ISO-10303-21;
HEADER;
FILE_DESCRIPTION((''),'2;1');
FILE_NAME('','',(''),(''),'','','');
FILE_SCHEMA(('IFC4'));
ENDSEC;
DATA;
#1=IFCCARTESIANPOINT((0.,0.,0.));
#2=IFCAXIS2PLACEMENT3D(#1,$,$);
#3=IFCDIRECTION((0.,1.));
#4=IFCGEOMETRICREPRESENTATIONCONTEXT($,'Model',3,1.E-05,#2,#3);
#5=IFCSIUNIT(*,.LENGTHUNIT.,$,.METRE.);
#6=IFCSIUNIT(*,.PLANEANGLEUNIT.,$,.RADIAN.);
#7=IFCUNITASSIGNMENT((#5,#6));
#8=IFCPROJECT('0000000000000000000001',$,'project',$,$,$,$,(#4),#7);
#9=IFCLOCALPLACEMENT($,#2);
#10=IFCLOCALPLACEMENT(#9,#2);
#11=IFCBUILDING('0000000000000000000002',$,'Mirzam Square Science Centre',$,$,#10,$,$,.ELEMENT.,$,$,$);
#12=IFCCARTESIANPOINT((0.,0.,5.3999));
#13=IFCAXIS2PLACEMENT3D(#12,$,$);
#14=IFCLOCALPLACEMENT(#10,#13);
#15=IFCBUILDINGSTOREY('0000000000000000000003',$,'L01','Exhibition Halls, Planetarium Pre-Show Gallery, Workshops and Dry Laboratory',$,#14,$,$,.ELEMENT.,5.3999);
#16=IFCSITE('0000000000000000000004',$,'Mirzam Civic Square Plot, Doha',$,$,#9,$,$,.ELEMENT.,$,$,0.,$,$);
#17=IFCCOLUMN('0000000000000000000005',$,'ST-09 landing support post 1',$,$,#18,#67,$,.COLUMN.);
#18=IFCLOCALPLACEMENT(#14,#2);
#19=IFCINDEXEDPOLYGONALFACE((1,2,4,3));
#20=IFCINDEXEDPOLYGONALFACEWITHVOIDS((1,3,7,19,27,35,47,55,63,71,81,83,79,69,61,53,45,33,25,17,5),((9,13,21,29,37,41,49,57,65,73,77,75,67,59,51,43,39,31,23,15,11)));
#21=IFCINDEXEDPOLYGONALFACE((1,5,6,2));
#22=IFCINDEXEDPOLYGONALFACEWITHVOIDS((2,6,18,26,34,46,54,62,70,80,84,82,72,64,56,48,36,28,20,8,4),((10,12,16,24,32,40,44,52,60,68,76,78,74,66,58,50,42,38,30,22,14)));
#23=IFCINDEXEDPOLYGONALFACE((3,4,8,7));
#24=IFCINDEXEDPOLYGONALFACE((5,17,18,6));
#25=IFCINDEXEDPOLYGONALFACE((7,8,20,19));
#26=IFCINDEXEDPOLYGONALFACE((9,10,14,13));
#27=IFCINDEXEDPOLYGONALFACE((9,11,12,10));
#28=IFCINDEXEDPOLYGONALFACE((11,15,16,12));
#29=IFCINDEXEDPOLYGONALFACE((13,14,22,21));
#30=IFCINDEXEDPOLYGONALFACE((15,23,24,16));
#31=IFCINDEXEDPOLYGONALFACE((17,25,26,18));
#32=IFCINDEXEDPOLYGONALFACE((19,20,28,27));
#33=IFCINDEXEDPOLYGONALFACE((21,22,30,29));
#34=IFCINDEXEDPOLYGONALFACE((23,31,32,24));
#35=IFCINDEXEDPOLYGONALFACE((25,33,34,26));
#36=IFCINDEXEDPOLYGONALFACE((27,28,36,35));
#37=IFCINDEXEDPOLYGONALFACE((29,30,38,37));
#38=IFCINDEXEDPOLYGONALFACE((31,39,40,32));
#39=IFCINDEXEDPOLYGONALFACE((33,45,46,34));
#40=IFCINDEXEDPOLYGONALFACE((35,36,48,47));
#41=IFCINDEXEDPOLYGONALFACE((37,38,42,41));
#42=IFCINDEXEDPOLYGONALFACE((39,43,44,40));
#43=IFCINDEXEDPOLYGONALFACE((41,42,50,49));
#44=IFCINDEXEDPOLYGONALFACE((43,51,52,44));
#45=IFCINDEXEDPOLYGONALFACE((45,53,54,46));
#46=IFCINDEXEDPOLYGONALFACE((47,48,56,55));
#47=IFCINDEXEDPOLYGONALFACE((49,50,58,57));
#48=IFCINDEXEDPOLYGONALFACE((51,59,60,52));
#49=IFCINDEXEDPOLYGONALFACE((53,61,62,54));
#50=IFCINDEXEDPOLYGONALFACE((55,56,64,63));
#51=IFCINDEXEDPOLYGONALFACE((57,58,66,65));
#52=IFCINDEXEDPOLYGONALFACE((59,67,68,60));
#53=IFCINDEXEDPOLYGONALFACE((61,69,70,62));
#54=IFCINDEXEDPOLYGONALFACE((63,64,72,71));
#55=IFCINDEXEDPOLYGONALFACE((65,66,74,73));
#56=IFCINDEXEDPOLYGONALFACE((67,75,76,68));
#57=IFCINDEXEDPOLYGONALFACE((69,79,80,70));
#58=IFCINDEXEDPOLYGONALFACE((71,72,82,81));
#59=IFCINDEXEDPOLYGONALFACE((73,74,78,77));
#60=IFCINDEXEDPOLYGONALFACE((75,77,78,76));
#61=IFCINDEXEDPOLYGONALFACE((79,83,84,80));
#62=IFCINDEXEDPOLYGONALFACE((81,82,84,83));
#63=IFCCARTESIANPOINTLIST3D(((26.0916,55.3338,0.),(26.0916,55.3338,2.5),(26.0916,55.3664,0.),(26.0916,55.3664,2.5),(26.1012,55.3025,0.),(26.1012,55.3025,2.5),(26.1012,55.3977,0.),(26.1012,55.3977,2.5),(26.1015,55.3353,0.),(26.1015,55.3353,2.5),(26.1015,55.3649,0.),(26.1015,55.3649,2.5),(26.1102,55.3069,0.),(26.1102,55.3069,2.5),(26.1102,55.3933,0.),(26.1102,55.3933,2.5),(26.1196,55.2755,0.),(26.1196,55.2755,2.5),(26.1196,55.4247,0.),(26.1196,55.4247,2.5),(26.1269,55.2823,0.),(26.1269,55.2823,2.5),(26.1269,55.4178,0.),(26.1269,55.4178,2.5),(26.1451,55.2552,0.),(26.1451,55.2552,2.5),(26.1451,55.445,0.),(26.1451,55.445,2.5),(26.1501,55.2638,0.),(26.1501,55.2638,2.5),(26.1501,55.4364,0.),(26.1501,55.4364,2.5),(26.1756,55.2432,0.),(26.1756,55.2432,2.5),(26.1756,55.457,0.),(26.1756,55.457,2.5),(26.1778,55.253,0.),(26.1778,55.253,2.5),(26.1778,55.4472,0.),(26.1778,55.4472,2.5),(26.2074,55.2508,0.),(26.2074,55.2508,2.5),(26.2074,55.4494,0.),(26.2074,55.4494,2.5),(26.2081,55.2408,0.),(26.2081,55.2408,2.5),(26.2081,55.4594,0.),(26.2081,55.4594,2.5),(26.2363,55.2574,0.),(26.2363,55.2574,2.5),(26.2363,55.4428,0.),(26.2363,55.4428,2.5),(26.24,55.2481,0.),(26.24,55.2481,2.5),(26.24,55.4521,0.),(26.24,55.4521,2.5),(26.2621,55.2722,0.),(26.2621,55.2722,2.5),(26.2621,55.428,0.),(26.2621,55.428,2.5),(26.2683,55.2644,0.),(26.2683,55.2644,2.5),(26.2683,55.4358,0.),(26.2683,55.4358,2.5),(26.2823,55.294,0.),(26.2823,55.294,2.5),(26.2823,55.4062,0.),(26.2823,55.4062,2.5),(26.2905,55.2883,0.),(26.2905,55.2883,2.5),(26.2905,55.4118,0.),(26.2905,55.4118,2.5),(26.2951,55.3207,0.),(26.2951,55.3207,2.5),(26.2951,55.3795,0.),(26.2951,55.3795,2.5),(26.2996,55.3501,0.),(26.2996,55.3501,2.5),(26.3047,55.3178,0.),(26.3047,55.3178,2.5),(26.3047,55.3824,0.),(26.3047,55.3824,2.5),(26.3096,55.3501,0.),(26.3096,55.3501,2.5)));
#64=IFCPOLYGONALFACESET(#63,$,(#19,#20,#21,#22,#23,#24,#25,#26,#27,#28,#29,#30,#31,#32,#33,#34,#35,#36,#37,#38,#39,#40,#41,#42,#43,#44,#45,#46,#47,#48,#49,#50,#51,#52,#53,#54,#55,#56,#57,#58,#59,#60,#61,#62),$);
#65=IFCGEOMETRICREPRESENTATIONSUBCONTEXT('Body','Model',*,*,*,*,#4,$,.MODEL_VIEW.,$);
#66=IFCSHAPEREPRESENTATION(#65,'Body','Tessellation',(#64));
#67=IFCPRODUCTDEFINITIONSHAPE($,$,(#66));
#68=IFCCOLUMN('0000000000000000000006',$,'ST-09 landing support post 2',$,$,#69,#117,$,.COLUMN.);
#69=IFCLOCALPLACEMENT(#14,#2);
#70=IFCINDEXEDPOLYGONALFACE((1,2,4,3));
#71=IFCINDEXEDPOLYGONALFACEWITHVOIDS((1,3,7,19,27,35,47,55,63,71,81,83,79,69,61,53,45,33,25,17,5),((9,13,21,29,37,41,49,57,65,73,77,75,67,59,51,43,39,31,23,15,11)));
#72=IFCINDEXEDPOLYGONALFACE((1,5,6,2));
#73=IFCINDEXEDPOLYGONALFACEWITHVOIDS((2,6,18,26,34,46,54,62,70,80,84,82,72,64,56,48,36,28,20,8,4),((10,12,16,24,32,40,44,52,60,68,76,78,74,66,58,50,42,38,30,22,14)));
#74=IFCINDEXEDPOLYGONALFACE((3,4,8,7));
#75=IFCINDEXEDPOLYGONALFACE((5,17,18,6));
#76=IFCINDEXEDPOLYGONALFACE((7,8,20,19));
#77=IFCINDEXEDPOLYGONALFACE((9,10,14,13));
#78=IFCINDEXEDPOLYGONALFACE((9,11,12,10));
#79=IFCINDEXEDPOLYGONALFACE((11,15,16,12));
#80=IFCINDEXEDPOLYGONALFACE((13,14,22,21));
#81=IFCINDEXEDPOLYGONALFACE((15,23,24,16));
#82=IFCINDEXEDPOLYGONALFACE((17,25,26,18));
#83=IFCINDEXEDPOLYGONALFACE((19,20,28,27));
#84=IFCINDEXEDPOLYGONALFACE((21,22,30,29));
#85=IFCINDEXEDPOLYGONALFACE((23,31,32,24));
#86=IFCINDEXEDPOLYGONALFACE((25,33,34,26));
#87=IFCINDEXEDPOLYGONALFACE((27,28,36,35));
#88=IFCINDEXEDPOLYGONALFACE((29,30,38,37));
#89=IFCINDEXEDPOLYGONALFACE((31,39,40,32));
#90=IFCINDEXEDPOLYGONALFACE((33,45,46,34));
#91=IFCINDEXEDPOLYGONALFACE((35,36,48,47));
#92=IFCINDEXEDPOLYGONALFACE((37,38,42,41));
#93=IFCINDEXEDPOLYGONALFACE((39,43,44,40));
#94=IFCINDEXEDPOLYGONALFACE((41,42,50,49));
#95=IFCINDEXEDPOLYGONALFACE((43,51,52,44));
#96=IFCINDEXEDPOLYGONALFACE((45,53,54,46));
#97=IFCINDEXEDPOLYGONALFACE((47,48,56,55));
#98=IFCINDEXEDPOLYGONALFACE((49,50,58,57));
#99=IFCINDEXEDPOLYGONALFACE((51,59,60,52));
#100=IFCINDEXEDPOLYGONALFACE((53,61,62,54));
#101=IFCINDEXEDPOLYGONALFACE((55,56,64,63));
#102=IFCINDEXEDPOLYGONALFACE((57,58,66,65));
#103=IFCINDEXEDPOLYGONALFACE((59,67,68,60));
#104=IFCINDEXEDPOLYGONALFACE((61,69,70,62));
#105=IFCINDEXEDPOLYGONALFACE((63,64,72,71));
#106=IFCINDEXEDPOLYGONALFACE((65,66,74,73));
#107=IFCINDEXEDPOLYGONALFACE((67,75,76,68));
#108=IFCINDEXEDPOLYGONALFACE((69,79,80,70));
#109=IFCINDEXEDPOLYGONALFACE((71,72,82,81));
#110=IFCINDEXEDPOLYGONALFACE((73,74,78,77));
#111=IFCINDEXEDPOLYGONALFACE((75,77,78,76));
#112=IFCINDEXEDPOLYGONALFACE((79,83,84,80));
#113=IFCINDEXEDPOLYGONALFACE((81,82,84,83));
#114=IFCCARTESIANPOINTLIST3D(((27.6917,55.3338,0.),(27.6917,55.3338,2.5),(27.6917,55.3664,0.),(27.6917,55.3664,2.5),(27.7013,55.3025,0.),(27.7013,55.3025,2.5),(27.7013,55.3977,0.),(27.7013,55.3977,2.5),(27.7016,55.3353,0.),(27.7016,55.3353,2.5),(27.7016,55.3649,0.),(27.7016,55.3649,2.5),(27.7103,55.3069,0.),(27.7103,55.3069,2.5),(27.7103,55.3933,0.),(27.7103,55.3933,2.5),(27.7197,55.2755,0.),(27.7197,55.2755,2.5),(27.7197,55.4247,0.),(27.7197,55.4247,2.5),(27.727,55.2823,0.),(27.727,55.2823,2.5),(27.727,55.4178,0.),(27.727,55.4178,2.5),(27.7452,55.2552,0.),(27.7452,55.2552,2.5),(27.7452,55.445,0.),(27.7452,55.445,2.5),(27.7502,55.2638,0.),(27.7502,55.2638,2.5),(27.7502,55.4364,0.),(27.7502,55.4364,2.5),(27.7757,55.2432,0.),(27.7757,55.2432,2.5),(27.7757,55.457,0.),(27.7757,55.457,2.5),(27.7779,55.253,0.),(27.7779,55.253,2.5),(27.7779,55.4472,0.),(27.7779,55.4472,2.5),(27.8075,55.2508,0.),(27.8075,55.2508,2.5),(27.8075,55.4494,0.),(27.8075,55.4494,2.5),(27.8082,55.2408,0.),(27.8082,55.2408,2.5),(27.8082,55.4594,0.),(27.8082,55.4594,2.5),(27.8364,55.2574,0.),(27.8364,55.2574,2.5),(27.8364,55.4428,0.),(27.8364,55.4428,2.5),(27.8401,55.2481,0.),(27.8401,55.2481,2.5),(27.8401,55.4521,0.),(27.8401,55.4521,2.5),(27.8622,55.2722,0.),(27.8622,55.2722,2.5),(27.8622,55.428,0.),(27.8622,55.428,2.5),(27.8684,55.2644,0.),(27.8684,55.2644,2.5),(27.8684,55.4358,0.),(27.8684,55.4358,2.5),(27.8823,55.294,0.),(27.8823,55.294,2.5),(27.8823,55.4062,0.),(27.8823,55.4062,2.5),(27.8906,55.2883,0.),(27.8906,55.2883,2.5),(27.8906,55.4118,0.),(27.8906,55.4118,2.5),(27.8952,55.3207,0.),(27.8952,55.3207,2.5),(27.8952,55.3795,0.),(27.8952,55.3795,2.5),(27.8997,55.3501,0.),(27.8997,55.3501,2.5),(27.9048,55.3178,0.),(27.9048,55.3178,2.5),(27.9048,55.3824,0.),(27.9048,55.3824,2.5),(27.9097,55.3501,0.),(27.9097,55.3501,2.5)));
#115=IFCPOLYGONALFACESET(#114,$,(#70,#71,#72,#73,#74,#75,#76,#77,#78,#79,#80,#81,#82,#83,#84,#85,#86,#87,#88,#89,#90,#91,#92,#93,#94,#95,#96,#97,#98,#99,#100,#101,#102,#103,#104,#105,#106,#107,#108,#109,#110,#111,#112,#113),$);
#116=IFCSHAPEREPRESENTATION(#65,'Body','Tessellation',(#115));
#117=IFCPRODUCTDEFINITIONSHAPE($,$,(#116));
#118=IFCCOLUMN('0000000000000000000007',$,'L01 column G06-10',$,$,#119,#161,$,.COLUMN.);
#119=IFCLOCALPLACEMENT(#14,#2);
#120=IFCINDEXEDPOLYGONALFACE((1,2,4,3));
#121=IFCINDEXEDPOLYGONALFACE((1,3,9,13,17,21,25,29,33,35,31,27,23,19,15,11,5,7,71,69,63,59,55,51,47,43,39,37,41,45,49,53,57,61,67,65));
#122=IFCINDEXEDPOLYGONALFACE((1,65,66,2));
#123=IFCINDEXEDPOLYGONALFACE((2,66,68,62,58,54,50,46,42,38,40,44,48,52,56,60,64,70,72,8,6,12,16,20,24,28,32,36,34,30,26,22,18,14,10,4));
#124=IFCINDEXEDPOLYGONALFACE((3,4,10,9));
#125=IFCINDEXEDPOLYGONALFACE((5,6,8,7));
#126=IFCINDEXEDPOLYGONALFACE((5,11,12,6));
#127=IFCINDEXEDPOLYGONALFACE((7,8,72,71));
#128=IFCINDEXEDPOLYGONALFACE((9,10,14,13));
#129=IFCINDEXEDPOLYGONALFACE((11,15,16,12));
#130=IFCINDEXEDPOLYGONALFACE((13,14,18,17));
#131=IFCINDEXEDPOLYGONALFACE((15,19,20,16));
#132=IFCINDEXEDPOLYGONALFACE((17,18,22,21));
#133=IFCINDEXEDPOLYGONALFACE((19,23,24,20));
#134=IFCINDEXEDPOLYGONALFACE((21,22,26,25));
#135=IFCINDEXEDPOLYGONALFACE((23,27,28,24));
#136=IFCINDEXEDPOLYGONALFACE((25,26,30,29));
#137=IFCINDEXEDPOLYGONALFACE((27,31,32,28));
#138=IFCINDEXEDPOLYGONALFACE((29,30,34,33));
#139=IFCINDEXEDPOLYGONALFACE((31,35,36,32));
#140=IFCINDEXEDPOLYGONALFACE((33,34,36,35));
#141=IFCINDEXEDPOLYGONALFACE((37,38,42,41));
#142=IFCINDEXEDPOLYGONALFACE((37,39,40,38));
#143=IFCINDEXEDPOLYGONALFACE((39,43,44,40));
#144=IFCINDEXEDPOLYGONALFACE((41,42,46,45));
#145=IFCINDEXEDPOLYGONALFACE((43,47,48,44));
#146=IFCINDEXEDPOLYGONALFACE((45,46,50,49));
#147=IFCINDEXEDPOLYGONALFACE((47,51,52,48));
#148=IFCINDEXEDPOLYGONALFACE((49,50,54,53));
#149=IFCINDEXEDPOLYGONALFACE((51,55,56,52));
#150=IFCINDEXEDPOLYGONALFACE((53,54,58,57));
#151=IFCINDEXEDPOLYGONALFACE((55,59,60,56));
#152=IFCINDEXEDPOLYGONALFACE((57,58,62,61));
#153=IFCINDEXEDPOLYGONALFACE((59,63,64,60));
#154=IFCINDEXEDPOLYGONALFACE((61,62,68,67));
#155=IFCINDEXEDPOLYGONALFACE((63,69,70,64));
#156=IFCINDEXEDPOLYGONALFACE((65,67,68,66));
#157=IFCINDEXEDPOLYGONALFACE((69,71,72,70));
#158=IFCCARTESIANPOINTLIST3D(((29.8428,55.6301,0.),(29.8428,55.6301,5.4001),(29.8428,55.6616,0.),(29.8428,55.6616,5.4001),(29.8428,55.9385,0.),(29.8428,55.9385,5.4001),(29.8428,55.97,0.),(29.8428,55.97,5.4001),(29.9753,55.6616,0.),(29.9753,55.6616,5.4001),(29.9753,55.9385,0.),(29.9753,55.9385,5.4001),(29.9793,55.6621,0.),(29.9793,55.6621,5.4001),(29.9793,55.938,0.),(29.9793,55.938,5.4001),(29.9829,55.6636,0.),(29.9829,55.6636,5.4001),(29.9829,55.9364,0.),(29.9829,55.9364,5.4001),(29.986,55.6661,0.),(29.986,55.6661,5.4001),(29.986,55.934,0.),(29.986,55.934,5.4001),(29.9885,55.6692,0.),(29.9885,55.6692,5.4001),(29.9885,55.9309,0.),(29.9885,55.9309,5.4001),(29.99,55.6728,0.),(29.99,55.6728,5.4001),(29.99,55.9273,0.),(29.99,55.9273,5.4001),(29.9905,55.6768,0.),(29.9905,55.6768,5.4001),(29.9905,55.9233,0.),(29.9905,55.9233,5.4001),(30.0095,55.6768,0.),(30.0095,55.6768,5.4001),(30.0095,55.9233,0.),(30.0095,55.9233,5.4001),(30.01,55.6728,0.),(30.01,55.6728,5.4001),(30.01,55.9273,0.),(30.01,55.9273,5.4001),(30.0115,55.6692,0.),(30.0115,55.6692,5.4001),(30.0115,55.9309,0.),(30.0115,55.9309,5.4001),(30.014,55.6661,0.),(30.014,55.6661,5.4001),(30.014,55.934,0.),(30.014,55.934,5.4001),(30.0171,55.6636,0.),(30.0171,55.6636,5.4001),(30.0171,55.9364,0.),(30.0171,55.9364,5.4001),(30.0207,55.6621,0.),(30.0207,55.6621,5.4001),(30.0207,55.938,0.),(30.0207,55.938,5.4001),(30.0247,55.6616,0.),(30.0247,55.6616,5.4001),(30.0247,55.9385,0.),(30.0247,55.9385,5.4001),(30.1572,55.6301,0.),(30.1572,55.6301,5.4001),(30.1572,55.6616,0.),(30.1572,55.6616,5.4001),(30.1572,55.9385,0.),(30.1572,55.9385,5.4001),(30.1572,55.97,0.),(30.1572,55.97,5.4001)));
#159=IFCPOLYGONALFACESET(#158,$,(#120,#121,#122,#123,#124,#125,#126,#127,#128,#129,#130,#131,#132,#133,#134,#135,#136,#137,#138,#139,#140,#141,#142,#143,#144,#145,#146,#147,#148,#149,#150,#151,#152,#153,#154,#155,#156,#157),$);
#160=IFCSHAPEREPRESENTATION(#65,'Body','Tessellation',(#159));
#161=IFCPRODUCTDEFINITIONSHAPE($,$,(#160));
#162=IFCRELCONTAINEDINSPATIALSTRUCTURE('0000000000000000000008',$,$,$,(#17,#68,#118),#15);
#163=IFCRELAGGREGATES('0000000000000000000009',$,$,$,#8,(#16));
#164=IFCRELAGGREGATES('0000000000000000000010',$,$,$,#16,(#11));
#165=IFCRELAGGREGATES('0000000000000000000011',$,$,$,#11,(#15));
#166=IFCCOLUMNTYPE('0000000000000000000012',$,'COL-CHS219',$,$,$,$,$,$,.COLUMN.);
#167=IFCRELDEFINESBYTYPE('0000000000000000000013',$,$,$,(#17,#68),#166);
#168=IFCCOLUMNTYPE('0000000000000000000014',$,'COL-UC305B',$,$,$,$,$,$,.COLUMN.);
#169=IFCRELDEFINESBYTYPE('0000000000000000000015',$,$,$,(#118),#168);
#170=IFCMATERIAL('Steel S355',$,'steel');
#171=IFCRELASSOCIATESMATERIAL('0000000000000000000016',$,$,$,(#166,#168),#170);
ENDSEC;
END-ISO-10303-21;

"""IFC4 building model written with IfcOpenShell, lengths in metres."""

from ifc_helpers import new_model, si_unit, direction, frame, origin, origin_2d, place, context, subcontext, project, spatial, hollow_circle, i_section, extrude, material, material_profile, profile_set, type_object, element, save


model = new_model("IFC4")

# Units and contexts
model_context = context("Model", 3, precision=1e-05, world=origin(), true_north=direction((0.0, 1.0)))
body_context = subcontext(model_context, "Body", "Model", "MODEL_VIEW")
ifc_project = project(units=[si_unit("LENGTHUNIT", "METRE"), si_unit("PLANEANGLEUNIT", "RADIAN")], contexts=[model_context])

# Site, building, storey
site_placement = place(None, origin())
site = spatial("IfcSite", under=ifc_project, at=site_placement, Name="Mirzam Civic Square Plot, Doha", CompositionType="ELEMENT", RefElevation=0.0)
building_placement = place(site_placement, origin())
building = spatial("IfcBuilding", under=site, at=building_placement, Name="Mirzam Square Science Centre", CompositionType="ELEMENT")
storey_placement = place(building_placement, frame((0.0, 0.0, 5.3999)))
storey = spatial("IfcBuildingStorey", under=building, at=storey_placement, Name="L01", Description="Exhibition Halls, Planetarium Pre-Show Gallery, Workshops and Dry Laboratory", CompositionType="ELEMENT", Elevation=5.3999)

# Columns
ifc_material_1 = material(Name="Steel S355", Category="steel")
ifc_material_profile_1 = material_profile(ifc_material_1, hollow_circle(Radius=0.1096, WallThickness=0.01, at=origin_2d()), Name="219.1x10.0CHS")
ifc_profile_set_1 = profile_set([ifc_material_profile_1], Name="Steel S355")
column_type_1 = type_object("IfcColumnType", Name="COL-CHS219", PredefinedType="COLUMN", material=ifc_profile_set_1)
for number, where, z_axis, x_axis, name in (
    (1, (26.2, 55.3501, 0.0), (0.0, 0.0, 1.0), (1.0, 0.0, 0.0), "ST-09 landing support post 1"),
    (2, (27.8, 55.3501, 0.0), (0.0, 0.0, 1.0), (1.0, 0.0, 0.0), "ST-09 landing support post 2"),
):
    element("IfcColumn", number, at=place(storey_placement, frame(where, z_axis=z_axis, x_axis=x_axis)), inside=storey, type_object=column_type_1, Name=name, PredefinedType="COLUMN", context=body_context, shape_type="SweptSolid", body=[
        extrude(hollow_circle(Radius=0.1096, WallThickness=0.01, at=origin_2d()), origin(), (0.0, 0.0, 1.0), 2.5),
    ])
ifc_material_profile_2 = material_profile(ifc_material_1, i_section(OverallWidth=0.3145, OverallDepth=0.3398, WebThickness=0.019, FlangeThickness=0.0315, FilletRadius=0.0151, at=origin_2d()), Name="305x305x198UC")
ifc_profile_set_2 = profile_set([ifc_material_profile_2], Name="Steel S355")
column_type_2 = type_object("IfcColumnType", Name="COL-UC305B", PredefinedType="COLUMN", material=ifc_profile_set_2)
column_1_placement = place(storey_placement, frame((30.0, 55.8, 0.0), z_axis=(0.0, 0.0, 1.0), x_axis=(1.0, 0.0, 0.0)))
element("IfcColumn", 3, at=column_1_placement, inside=storey, type_object=column_type_2, Name="L01 column G06-10", PredefinedType="COLUMN", context=body_context, shape_type="SweptSolid", body=[
    extrude(i_section(OverallWidth=0.3145, OverallDepth=0.3398, WebThickness=0.019, FlangeThickness=0.0315, FilletRadius=0.0151, at=origin_2d()), origin(), (0.0, 0.0, 1.0), 5.4001),
])

save(model, "model.ifc")
